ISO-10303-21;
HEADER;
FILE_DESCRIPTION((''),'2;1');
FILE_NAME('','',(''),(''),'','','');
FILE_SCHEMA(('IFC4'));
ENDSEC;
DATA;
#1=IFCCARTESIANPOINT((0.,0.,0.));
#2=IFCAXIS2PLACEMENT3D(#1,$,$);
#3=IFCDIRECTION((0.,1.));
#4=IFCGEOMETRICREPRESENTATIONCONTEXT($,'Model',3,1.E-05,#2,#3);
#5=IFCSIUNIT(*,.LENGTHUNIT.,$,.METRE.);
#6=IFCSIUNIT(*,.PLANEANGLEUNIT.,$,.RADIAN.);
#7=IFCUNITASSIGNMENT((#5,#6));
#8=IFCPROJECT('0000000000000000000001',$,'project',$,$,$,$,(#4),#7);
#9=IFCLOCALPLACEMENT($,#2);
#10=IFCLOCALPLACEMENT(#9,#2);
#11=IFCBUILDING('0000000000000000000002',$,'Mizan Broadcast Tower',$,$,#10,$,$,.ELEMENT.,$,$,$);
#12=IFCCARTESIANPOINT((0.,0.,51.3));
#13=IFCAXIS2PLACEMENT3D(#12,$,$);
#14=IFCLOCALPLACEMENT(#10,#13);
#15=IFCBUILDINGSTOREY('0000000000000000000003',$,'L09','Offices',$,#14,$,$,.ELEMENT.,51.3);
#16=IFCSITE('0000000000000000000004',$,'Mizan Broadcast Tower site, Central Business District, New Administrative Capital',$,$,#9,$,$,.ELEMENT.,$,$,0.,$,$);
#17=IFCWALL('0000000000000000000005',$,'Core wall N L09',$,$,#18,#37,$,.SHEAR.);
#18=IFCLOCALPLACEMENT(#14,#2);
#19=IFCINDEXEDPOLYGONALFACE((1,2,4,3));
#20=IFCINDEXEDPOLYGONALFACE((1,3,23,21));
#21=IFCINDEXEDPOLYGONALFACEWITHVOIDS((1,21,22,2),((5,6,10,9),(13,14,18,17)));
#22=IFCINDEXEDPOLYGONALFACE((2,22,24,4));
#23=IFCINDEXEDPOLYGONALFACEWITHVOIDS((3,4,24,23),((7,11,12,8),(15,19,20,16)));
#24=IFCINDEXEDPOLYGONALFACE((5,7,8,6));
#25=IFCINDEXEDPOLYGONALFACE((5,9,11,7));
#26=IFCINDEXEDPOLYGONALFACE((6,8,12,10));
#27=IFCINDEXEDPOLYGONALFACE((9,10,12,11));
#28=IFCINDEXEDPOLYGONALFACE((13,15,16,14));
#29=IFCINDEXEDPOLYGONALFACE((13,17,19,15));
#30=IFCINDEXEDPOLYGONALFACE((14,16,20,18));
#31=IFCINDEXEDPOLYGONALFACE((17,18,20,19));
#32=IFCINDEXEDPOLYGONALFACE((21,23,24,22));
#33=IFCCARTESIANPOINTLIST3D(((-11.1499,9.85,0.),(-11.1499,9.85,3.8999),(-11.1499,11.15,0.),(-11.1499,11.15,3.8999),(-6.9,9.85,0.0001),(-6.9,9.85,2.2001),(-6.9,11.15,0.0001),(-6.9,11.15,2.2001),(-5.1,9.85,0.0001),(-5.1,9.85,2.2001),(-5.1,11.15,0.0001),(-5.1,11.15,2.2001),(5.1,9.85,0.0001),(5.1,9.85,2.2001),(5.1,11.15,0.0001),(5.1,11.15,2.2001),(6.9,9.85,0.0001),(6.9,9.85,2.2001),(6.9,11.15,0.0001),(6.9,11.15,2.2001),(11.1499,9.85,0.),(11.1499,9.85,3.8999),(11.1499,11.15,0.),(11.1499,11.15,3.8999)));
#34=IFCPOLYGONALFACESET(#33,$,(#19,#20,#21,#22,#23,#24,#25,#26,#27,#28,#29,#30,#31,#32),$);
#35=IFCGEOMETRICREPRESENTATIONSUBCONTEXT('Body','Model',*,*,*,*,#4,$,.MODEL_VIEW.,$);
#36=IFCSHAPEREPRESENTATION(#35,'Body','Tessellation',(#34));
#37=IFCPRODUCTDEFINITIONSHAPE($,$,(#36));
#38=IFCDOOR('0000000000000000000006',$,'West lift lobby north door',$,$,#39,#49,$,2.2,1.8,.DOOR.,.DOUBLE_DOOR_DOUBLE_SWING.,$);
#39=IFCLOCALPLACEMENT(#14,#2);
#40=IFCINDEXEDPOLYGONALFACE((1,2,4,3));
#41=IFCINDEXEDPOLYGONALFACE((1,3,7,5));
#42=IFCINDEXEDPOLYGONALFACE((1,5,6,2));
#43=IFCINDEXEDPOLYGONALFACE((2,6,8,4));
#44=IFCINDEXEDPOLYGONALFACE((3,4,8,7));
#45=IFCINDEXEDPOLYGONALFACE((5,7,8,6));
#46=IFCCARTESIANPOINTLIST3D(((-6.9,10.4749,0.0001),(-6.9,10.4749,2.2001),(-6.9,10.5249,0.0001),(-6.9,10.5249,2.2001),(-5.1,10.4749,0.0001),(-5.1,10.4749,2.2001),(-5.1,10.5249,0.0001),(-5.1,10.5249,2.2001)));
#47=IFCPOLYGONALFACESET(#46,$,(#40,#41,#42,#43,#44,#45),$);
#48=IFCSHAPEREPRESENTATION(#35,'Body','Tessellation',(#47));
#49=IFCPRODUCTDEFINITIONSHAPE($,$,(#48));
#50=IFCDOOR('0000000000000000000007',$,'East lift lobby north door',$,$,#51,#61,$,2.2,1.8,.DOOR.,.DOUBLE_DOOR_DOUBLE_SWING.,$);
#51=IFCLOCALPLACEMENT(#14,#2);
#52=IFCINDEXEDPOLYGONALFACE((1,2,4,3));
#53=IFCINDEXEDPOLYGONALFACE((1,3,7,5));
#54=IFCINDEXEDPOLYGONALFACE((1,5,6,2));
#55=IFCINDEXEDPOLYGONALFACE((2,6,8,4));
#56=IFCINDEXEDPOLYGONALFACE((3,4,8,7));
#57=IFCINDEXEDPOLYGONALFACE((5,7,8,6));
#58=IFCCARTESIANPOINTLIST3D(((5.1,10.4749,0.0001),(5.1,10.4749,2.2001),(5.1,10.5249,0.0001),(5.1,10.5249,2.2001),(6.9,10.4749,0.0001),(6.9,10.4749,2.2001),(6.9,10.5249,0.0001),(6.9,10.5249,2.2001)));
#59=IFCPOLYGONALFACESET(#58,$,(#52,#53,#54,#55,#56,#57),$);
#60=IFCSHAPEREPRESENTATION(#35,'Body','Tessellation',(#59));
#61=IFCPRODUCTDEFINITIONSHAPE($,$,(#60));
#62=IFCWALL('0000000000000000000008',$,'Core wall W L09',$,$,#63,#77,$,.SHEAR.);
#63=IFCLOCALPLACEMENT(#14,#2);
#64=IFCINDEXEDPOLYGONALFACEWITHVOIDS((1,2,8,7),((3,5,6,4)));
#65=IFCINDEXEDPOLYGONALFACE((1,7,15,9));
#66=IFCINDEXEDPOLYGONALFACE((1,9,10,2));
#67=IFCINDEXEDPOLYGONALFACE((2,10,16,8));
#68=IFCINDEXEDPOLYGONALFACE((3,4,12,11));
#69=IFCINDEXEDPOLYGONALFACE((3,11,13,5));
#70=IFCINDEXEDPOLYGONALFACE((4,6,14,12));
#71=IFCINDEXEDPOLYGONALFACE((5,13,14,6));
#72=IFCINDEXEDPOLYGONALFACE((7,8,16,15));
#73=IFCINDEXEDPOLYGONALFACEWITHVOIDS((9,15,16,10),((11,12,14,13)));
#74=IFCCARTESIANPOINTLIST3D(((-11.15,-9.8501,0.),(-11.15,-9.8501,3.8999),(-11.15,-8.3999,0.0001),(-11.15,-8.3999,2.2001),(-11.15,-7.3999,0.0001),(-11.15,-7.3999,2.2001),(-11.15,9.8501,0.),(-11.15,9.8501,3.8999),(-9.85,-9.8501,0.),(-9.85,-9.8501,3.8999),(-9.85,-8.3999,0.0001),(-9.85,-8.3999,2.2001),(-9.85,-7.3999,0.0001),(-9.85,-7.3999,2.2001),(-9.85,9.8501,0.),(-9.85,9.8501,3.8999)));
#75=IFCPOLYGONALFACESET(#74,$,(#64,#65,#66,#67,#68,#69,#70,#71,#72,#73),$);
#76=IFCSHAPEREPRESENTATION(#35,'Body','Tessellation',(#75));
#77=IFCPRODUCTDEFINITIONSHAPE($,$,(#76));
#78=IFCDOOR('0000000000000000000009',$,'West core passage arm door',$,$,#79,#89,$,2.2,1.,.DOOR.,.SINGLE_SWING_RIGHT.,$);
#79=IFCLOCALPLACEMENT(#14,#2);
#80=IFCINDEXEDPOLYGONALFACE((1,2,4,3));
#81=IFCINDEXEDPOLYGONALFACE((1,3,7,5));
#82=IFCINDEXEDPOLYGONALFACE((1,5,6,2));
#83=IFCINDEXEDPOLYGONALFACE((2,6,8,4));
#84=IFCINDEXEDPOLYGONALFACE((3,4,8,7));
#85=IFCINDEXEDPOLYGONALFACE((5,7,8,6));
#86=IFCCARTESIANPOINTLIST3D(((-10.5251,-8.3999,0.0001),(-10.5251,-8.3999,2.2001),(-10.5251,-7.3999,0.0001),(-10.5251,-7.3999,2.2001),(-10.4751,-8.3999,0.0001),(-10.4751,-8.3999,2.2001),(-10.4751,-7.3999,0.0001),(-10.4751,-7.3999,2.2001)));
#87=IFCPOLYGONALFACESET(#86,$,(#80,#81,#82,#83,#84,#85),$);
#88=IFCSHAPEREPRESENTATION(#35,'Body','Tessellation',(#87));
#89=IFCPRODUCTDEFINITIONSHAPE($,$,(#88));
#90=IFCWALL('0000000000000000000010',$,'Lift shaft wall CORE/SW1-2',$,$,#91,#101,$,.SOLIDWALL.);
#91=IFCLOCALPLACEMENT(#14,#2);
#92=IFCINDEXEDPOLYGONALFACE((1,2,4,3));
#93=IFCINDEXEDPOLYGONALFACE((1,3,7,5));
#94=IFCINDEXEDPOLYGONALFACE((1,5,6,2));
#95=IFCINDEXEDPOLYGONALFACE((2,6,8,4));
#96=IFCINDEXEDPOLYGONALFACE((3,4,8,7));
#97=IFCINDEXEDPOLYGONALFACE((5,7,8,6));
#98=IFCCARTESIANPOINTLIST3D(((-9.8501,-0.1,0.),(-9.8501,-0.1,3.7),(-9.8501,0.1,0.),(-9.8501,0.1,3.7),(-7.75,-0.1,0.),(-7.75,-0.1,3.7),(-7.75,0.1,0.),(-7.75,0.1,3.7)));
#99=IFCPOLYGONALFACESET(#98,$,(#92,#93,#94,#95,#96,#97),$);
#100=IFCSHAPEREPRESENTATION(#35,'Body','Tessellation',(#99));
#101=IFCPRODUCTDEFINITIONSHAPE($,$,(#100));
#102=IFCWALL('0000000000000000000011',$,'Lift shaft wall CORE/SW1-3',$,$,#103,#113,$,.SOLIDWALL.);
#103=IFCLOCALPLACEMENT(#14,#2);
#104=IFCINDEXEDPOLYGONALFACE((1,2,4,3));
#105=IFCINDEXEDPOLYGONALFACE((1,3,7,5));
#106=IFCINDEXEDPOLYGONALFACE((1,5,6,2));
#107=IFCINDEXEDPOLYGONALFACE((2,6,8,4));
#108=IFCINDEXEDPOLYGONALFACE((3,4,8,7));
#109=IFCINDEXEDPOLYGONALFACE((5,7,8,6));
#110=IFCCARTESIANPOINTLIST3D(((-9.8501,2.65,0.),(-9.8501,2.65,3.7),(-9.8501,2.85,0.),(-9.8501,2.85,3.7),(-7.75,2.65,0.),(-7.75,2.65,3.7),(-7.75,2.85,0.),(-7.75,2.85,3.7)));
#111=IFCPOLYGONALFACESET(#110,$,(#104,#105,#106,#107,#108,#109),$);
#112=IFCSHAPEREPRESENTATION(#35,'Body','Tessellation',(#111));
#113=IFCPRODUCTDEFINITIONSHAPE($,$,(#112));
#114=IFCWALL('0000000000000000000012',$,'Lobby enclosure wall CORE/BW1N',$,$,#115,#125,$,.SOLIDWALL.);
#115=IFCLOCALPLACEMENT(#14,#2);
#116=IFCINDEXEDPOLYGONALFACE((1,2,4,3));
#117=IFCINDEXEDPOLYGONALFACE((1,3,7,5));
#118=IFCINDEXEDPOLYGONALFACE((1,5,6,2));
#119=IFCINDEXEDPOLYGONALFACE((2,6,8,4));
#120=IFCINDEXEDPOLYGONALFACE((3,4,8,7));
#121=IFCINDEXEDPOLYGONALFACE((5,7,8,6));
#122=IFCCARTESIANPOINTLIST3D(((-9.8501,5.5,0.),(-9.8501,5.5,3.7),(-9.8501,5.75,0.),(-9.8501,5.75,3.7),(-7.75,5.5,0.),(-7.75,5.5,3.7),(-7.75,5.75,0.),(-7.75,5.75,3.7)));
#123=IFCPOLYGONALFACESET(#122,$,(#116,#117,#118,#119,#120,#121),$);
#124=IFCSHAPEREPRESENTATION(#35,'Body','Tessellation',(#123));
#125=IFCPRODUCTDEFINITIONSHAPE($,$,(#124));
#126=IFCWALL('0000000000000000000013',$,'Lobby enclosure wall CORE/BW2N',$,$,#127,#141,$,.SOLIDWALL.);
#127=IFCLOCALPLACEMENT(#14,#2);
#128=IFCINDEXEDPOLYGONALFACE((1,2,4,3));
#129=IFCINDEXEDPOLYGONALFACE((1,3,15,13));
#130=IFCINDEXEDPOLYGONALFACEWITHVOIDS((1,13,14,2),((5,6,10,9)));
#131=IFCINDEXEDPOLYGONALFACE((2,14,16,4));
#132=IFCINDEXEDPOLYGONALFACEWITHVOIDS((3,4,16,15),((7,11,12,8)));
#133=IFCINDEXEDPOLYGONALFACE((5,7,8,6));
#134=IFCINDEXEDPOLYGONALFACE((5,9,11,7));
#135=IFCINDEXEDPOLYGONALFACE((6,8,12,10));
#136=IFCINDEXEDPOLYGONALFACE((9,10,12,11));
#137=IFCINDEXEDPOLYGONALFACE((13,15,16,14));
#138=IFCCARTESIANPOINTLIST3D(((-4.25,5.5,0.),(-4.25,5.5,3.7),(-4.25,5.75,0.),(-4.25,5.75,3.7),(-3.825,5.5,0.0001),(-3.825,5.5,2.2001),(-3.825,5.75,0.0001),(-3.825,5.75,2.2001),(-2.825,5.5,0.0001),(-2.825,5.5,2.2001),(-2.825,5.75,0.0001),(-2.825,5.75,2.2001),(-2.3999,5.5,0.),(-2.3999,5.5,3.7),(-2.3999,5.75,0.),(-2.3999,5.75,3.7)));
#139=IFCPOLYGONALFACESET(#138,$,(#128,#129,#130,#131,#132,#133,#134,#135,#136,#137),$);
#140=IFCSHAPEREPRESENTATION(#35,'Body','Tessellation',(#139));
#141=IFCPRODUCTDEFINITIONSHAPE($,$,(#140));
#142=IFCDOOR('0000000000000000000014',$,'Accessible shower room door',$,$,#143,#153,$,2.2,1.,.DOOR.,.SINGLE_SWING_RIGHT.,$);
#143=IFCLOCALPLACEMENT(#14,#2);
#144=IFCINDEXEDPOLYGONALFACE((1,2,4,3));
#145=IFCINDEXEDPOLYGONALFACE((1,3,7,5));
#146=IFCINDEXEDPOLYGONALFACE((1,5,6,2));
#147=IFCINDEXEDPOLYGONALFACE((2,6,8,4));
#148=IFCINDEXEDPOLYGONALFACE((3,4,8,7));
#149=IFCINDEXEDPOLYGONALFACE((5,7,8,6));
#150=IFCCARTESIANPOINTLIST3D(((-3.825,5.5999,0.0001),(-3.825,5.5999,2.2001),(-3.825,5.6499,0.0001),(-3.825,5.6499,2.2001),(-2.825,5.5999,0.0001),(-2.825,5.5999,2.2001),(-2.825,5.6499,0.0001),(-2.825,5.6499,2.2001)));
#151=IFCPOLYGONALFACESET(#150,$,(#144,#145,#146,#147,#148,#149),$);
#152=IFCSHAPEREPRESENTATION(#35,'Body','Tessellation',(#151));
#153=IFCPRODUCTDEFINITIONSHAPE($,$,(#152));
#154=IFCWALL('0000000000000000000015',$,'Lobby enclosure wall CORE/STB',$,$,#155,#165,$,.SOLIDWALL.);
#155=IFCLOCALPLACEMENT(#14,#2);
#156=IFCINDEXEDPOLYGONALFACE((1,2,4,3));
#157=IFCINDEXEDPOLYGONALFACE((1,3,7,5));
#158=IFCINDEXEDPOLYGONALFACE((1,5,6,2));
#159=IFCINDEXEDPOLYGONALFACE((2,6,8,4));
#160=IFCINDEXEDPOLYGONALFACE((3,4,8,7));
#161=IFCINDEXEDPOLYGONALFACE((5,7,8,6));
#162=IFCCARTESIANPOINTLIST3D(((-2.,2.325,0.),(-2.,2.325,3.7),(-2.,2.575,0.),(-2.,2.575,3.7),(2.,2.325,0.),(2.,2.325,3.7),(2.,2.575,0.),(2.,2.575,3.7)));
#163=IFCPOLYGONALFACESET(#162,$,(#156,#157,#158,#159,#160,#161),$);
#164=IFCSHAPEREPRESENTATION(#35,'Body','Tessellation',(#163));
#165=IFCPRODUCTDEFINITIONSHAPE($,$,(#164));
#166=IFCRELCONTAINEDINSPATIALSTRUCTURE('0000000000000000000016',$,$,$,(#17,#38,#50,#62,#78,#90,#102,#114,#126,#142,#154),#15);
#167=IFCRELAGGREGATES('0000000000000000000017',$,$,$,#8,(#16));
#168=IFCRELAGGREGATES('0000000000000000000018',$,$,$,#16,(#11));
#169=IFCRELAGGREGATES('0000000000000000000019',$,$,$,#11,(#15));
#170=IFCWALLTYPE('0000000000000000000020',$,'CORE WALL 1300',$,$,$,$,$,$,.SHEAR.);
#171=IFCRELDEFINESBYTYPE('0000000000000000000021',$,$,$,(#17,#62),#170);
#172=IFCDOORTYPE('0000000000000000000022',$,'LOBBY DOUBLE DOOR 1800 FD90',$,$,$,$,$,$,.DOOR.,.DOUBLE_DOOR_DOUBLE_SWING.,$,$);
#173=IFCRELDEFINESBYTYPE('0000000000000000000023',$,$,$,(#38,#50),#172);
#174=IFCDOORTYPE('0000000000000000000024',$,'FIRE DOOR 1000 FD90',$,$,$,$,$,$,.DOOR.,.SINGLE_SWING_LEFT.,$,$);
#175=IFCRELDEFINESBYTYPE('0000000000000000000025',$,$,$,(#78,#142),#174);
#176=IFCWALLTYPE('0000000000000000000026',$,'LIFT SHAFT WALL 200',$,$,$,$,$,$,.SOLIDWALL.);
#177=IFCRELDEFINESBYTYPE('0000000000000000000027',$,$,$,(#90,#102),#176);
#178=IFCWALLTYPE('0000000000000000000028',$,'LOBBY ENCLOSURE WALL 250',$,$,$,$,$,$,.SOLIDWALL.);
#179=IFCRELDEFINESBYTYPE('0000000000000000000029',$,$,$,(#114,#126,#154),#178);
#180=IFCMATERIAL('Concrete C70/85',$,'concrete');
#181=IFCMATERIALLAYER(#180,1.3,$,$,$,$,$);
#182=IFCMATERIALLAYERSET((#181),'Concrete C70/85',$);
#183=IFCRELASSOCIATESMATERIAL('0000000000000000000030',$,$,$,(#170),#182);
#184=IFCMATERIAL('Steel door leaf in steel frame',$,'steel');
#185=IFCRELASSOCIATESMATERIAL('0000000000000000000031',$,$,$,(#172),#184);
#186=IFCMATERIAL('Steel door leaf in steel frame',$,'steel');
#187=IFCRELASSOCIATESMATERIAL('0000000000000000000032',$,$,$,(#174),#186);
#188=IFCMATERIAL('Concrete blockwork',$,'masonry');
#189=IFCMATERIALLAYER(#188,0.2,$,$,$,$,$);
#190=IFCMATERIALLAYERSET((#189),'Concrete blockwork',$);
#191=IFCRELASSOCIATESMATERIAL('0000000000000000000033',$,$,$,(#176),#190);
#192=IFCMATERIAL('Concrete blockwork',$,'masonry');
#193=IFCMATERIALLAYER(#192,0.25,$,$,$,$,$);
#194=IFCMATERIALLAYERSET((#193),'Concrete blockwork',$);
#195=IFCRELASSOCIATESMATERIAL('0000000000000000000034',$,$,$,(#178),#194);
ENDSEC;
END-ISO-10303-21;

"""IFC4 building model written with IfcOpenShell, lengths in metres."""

from ifc_helpers import new_model, si_unit, direction, frame, frame_2d, origin, place, context, subcontext, project, spatial, rectangle, extrude, material, layer, layer_set, type_object, element, fill, save


model = new_model("IFC4")

# Units and contexts
model_context = context("Model", 3, precision=1e-05, world=origin(), true_north=direction((0.0, 1.0)))
body_context = subcontext(model_context, "Body", "Model", "MODEL_VIEW")
ifc_project = project(units=[si_unit("LENGTHUNIT", "METRE"), si_unit("PLANEANGLEUNIT", "RADIAN")], contexts=[model_context])

# Site, building, storey
site_placement = place(None, origin())
site = spatial("IfcSite", under=ifc_project, at=site_placement, Name="Mizan Broadcast Tower site, Central Business District, New Administrative Capital", CompositionType="ELEMENT", RefElevation=0.0)
building_placement = place(site_placement, origin())
building = spatial("IfcBuilding", under=site, at=building_placement, Name="Mizan Broadcast Tower", CompositionType="ELEMENT")
storey_placement = place(building_placement, frame((0.0, 0.0, 51.3)))
storey = spatial("IfcBuildingStorey", under=building, at=storey_placement, Name="L09", Description="Offices", CompositionType="ELEMENT", Elevation=51.3)

# Wall, openings, doors
ifc_material_1 = material(Name="Concrete C70/85", Category="concrete")
ifc_layer_1 = layer(ifc_material_1, 1.3)
ifc_layer_set_1 = layer_set([ifc_layer_1], Name="Concrete C70/85")
wall_type_1 = type_object("IfcWallType", Name="CORE WALL 1300", PredefinedType="SHEAR", material=ifc_layer_set_1)
wall_1_placement = place(storey_placement, frame((-11.1499, 10.5, 0.0), z_axis=(0.0, 0.0, 1.0), x_axis=(1.0, 0.0, 0.0)))
wall_1 = element("IfcWall", 1, at=wall_1_placement, inside=storey, type_object=wall_type_1, Name="Core wall N L09", PredefinedType="SHEAR", context=body_context, shape_type="SweptSolid", body=[
    extrude(rectangle(XDim=22.2998, YDim=1.3, at=frame_2d((11.1499, 0.0))), origin(), (0.0, 0.0, 1.0), 3.8999),
])
opening_1_placement = place(wall_1_placement, frame((4.25, 0.0, 0.0)))
opening_1 = element("IfcOpeningElement", 2, at=opening_1_placement, cuts=wall_1, PredefinedType="OPENING", context=body_context, shape_type="SweptSolid", body=[
    extrude(rectangle(XDim=1.8, YDim=2.2, at=frame_2d((0.8999, 1.1001))), frame((0.0, 0.6599, 0.0), z_axis=(0.0, -1.0, 0.0), x_axis=(1.0, 0.0, 0.0)), (0.0, 0.0, 1.0), 1.3201),
])
opening_2_placement = place(wall_1_placement, frame((16.25, 0.0, 0.0)))
opening_2 = element("IfcOpeningElement", 3, at=opening_2_placement, cuts=wall_1, PredefinedType="OPENING", context=body_context, shape_type="SweptSolid", body=[
    extrude(rectangle(XDim=1.8, YDim=2.2, at=frame_2d((0.8999, 1.1001))), frame((0.0, 0.6599, 0.0), z_axis=(0.0, -1.0, 0.0), x_axis=(1.0, 0.0, 0.0)), (0.0, 0.0, 1.0), 1.3201),
])
ifc_material_2 = material(Name="Steel door leaf in steel frame", Category="steel")
door_type_1 = type_object("IfcDoorType", Name="LOBBY DOUBLE DOOR 1800 FD90", OperationType="DOUBLE_DOOR_DOUBLE_SWING", PredefinedType="DOOR", material=ifc_material_2)
door_1_placement = place(opening_1_placement, origin())
door_1 = element("IfcDoor", 4, at=door_1_placement, inside=storey, type_object=door_type_1, Name="West lift lobby north door", OperationType="DOUBLE_DOOR_DOUBLE_SWING", OverallHeight=2.2, OverallWidth=1.8, PredefinedType="DOOR", context=body_context, shape_type="SweptSolid", body=[
    extrude(rectangle(XDim=1.8, YDim=2.2, at=frame_2d((0.8999, 1.1001))), frame((0.0, 0.0249, 0.0), z_axis=(0.0, -1.0, 0.0), x_axis=(1.0, 0.0, 0.0)), (0.0, 0.0, 1.0), 0.05),
])
fill(opening_1, door_1)
door_2_placement = place(opening_2_placement, origin())
door_2 = element("IfcDoor", 5, at=door_2_placement, inside=storey, type_object=door_type_1, Name="East lift lobby north door", OperationType="DOUBLE_DOOR_DOUBLE_SWING", OverallHeight=2.2, OverallWidth=1.8, PredefinedType="DOOR", context=body_context, shape_type="SweptSolid", body=[
    extrude(rectangle(XDim=1.8, YDim=2.2, at=frame_2d((0.8999, 1.1001))), frame((0.0, 0.0249, 0.0), z_axis=(0.0, -1.0, 0.0), x_axis=(1.0, 0.0, 0.0)), (0.0, 0.0, 1.0), 0.05),
])
fill(opening_2, door_2)

# Wall, opening, door
wall_2_placement = place(storey_placement, frame((-10.5, 9.8501, 0.0), z_axis=(0.0, 0.0, 1.0), x_axis=(0.0, -1.0, 0.0)))
wall_2 = element("IfcWall", 6, at=wall_2_placement, inside=storey, type_object=wall_type_1, Name="Core wall W L09", PredefinedType="SHEAR", context=body_context, shape_type="SweptSolid", body=[
    extrude(rectangle(XDim=19.7002, YDim=1.3, at=frame_2d((9.8501, 0.0))), origin(), (0.0, 0.0, 1.0), 3.8999),
])
opening_3_placement = place(wall_2_placement, frame((17.25, 0.0, 0.0)))
opening_3 = element("IfcOpeningElement", 7, at=opening_3_placement, cuts=wall_2, PredefinedType="OPENING", context=body_context, shape_type="SweptSolid", body=[
    extrude(rectangle(XDim=1.0, YDim=2.2, at=frame_2d((0.5, 1.1001))), frame((0.0, 0.6599, 0.0), z_axis=(0.0, -1.0, 0.0), x_axis=(1.0, 0.0, 0.0)), (0.0, 0.0, 1.0), 1.3201),
])
ifc_material_3 = material(Name="Steel door leaf in steel frame", Category="steel")
door_type_2 = type_object("IfcDoorType", Name="FIRE DOOR 1000 FD90", OperationType="SINGLE_SWING_LEFT", PredefinedType="DOOR", material=ifc_material_3)
door_3_placement = place(opening_3_placement, origin())
door_3 = element("IfcDoor", 8, at=door_3_placement, inside=storey, type_object=door_type_2, Name="West core passage arm door", OperationType="SINGLE_SWING_RIGHT", OverallHeight=2.2, OverallWidth=1.0, PredefinedType="DOOR", context=body_context, shape_type="SweptSolid", body=[
    extrude(rectangle(XDim=1.0, YDim=2.2, at=frame_2d((0.5, 1.1001))), frame((0.0, 0.0249, 0.0), z_axis=(0.0, -1.0, 0.0), x_axis=(1.0, 0.0, 0.0)), (0.0, 0.0, 1.0), 0.05),
])
fill(opening_3, door_3)

# Walls
ifc_material_4 = material(Name="Concrete blockwork", Category="masonry")
ifc_layer_2 = layer(ifc_material_4, 0.2)
ifc_layer_set_2 = layer_set([ifc_layer_2], Name="Concrete blockwork")
wall_type_2 = type_object("IfcWallType", Name="LIFT SHAFT WALL 200", PredefinedType="SOLIDWALL", material=ifc_layer_set_2)
for number, where, z_axis, x_axis, name in (
    (9, (-9.8501, 0.0, 0.0), (0.0, 0.0, 1.0), (1.0, 0.0, 0.0), "Lift shaft wall CORE/SW1-2"),
    (10, (-9.8501, 2.75, 0.0), (0.0, 0.0, 1.0), (1.0, 0.0, 0.0), "Lift shaft wall CORE/SW1-3"),
):
    element("IfcWall", number, at=place(storey_placement, frame(where, z_axis=z_axis, x_axis=x_axis)), inside=storey, type_object=wall_type_2, Name=name, PredefinedType="SOLIDWALL", context=body_context, shape_type="SweptSolid", body=[
        extrude(rectangle(XDim=2.1001, YDim=0.2, at=frame_2d((1.05, 0.0))), origin(), (0.0, 0.0, 1.0), 3.7),
    ])
ifc_material_5 = material(Name="Concrete blockwork", Category="masonry")
ifc_layer_3 = layer(ifc_material_5, 0.25)
ifc_layer_set_3 = layer_set([ifc_layer_3], Name="Concrete blockwork")
wall_type_3 = type_object("IfcWallType", Name="LOBBY ENCLOSURE WALL 250", PredefinedType="SOLIDWALL", material=ifc_layer_set_3)
wall_3_placement = place(storey_placement, frame((-9.8501, 5.625, 0.0), z_axis=(0.0, 0.0, 1.0), x_axis=(1.0, 0.0, 0.0)))
element("IfcWall", 11, at=wall_3_placement, inside=storey, type_object=wall_type_3, Name="Lobby enclosure wall CORE/BW1N", PredefinedType="SOLIDWALL", context=body_context, shape_type="SweptSolid", body=[
    extrude(rectangle(XDim=2.1001, YDim=0.25, at=frame_2d((1.05, 0.0))), origin(), (0.0, 0.0, 1.0), 3.7),
])

# Wall, opening, door
wall_4_placement = place(storey_placement, frame((-4.25, 5.625, 0.0), z_axis=(0.0, 0.0, 1.0), x_axis=(1.0, 0.0, 0.0)))
wall_4 = element("IfcWall", 12, at=wall_4_placement, inside=storey, type_object=wall_type_3, Name="Lobby enclosure wall CORE/BW2N", PredefinedType="SOLIDWALL", context=body_context, shape_type="SweptSolid", body=[
    extrude(rectangle(XDim=1.8501, YDim=0.25, at=frame_2d((0.925, 0.0))), origin(), (0.0, 0.0, 1.0), 3.7),
])
opening_4_placement = place(wall_4_placement, frame((0.425, 0.0, 0.0)))
opening_4 = element("IfcOpeningElement", 13, at=opening_4_placement, cuts=wall_4, PredefinedType="OPENING", context=body_context, shape_type="SweptSolid", body=[
    extrude(rectangle(XDim=1.0, YDim=2.2, at=frame_2d((0.5, 1.1001))), frame((0.0, 0.135, 0.0), z_axis=(0.0, -1.0, 0.0), x_axis=(1.0, 0.0, 0.0)), (0.0, 0.0, 1.0), 0.27),
])
door_4_placement = place(opening_4_placement, origin())
door_4 = element("IfcDoor", 14, at=door_4_placement, inside=storey, type_object=door_type_2, Name="Accessible shower room door", OperationType="SINGLE_SWING_RIGHT", OverallHeight=2.2, OverallWidth=1.0, PredefinedType="DOOR", context=body_context, shape_type="SweptSolid", body=[
    extrude(rectangle(XDim=1.0, YDim=2.2, at=frame_2d((0.5, 1.1001))), frame((0.0, 0.0249, 0.0), z_axis=(0.0, -1.0, 0.0), x_axis=(1.0, 0.0, 0.0)), (0.0, 0.0, 1.0), 0.05),
])
fill(opening_4, door_4)

# Wall
wall_5_placement = place(storey_placement, frame((-2.0, 2.45, 0.0), z_axis=(0.0, 0.0, 1.0), x_axis=(1.0, 0.0, 0.0)))
element("IfcWall", 15, at=wall_5_placement, inside=storey, type_object=wall_type_3, Name="Lobby enclosure wall CORE/STB", PredefinedType="SOLIDWALL", context=body_context, shape_type="SweptSolid", body=[
    extrude(rectangle(XDim=4.0, YDim=0.25, at=frame_2d((2.0, 0.0))), origin(), (0.0, 0.0, 1.0), 3.7),
])

save(model, "model.ifc")
